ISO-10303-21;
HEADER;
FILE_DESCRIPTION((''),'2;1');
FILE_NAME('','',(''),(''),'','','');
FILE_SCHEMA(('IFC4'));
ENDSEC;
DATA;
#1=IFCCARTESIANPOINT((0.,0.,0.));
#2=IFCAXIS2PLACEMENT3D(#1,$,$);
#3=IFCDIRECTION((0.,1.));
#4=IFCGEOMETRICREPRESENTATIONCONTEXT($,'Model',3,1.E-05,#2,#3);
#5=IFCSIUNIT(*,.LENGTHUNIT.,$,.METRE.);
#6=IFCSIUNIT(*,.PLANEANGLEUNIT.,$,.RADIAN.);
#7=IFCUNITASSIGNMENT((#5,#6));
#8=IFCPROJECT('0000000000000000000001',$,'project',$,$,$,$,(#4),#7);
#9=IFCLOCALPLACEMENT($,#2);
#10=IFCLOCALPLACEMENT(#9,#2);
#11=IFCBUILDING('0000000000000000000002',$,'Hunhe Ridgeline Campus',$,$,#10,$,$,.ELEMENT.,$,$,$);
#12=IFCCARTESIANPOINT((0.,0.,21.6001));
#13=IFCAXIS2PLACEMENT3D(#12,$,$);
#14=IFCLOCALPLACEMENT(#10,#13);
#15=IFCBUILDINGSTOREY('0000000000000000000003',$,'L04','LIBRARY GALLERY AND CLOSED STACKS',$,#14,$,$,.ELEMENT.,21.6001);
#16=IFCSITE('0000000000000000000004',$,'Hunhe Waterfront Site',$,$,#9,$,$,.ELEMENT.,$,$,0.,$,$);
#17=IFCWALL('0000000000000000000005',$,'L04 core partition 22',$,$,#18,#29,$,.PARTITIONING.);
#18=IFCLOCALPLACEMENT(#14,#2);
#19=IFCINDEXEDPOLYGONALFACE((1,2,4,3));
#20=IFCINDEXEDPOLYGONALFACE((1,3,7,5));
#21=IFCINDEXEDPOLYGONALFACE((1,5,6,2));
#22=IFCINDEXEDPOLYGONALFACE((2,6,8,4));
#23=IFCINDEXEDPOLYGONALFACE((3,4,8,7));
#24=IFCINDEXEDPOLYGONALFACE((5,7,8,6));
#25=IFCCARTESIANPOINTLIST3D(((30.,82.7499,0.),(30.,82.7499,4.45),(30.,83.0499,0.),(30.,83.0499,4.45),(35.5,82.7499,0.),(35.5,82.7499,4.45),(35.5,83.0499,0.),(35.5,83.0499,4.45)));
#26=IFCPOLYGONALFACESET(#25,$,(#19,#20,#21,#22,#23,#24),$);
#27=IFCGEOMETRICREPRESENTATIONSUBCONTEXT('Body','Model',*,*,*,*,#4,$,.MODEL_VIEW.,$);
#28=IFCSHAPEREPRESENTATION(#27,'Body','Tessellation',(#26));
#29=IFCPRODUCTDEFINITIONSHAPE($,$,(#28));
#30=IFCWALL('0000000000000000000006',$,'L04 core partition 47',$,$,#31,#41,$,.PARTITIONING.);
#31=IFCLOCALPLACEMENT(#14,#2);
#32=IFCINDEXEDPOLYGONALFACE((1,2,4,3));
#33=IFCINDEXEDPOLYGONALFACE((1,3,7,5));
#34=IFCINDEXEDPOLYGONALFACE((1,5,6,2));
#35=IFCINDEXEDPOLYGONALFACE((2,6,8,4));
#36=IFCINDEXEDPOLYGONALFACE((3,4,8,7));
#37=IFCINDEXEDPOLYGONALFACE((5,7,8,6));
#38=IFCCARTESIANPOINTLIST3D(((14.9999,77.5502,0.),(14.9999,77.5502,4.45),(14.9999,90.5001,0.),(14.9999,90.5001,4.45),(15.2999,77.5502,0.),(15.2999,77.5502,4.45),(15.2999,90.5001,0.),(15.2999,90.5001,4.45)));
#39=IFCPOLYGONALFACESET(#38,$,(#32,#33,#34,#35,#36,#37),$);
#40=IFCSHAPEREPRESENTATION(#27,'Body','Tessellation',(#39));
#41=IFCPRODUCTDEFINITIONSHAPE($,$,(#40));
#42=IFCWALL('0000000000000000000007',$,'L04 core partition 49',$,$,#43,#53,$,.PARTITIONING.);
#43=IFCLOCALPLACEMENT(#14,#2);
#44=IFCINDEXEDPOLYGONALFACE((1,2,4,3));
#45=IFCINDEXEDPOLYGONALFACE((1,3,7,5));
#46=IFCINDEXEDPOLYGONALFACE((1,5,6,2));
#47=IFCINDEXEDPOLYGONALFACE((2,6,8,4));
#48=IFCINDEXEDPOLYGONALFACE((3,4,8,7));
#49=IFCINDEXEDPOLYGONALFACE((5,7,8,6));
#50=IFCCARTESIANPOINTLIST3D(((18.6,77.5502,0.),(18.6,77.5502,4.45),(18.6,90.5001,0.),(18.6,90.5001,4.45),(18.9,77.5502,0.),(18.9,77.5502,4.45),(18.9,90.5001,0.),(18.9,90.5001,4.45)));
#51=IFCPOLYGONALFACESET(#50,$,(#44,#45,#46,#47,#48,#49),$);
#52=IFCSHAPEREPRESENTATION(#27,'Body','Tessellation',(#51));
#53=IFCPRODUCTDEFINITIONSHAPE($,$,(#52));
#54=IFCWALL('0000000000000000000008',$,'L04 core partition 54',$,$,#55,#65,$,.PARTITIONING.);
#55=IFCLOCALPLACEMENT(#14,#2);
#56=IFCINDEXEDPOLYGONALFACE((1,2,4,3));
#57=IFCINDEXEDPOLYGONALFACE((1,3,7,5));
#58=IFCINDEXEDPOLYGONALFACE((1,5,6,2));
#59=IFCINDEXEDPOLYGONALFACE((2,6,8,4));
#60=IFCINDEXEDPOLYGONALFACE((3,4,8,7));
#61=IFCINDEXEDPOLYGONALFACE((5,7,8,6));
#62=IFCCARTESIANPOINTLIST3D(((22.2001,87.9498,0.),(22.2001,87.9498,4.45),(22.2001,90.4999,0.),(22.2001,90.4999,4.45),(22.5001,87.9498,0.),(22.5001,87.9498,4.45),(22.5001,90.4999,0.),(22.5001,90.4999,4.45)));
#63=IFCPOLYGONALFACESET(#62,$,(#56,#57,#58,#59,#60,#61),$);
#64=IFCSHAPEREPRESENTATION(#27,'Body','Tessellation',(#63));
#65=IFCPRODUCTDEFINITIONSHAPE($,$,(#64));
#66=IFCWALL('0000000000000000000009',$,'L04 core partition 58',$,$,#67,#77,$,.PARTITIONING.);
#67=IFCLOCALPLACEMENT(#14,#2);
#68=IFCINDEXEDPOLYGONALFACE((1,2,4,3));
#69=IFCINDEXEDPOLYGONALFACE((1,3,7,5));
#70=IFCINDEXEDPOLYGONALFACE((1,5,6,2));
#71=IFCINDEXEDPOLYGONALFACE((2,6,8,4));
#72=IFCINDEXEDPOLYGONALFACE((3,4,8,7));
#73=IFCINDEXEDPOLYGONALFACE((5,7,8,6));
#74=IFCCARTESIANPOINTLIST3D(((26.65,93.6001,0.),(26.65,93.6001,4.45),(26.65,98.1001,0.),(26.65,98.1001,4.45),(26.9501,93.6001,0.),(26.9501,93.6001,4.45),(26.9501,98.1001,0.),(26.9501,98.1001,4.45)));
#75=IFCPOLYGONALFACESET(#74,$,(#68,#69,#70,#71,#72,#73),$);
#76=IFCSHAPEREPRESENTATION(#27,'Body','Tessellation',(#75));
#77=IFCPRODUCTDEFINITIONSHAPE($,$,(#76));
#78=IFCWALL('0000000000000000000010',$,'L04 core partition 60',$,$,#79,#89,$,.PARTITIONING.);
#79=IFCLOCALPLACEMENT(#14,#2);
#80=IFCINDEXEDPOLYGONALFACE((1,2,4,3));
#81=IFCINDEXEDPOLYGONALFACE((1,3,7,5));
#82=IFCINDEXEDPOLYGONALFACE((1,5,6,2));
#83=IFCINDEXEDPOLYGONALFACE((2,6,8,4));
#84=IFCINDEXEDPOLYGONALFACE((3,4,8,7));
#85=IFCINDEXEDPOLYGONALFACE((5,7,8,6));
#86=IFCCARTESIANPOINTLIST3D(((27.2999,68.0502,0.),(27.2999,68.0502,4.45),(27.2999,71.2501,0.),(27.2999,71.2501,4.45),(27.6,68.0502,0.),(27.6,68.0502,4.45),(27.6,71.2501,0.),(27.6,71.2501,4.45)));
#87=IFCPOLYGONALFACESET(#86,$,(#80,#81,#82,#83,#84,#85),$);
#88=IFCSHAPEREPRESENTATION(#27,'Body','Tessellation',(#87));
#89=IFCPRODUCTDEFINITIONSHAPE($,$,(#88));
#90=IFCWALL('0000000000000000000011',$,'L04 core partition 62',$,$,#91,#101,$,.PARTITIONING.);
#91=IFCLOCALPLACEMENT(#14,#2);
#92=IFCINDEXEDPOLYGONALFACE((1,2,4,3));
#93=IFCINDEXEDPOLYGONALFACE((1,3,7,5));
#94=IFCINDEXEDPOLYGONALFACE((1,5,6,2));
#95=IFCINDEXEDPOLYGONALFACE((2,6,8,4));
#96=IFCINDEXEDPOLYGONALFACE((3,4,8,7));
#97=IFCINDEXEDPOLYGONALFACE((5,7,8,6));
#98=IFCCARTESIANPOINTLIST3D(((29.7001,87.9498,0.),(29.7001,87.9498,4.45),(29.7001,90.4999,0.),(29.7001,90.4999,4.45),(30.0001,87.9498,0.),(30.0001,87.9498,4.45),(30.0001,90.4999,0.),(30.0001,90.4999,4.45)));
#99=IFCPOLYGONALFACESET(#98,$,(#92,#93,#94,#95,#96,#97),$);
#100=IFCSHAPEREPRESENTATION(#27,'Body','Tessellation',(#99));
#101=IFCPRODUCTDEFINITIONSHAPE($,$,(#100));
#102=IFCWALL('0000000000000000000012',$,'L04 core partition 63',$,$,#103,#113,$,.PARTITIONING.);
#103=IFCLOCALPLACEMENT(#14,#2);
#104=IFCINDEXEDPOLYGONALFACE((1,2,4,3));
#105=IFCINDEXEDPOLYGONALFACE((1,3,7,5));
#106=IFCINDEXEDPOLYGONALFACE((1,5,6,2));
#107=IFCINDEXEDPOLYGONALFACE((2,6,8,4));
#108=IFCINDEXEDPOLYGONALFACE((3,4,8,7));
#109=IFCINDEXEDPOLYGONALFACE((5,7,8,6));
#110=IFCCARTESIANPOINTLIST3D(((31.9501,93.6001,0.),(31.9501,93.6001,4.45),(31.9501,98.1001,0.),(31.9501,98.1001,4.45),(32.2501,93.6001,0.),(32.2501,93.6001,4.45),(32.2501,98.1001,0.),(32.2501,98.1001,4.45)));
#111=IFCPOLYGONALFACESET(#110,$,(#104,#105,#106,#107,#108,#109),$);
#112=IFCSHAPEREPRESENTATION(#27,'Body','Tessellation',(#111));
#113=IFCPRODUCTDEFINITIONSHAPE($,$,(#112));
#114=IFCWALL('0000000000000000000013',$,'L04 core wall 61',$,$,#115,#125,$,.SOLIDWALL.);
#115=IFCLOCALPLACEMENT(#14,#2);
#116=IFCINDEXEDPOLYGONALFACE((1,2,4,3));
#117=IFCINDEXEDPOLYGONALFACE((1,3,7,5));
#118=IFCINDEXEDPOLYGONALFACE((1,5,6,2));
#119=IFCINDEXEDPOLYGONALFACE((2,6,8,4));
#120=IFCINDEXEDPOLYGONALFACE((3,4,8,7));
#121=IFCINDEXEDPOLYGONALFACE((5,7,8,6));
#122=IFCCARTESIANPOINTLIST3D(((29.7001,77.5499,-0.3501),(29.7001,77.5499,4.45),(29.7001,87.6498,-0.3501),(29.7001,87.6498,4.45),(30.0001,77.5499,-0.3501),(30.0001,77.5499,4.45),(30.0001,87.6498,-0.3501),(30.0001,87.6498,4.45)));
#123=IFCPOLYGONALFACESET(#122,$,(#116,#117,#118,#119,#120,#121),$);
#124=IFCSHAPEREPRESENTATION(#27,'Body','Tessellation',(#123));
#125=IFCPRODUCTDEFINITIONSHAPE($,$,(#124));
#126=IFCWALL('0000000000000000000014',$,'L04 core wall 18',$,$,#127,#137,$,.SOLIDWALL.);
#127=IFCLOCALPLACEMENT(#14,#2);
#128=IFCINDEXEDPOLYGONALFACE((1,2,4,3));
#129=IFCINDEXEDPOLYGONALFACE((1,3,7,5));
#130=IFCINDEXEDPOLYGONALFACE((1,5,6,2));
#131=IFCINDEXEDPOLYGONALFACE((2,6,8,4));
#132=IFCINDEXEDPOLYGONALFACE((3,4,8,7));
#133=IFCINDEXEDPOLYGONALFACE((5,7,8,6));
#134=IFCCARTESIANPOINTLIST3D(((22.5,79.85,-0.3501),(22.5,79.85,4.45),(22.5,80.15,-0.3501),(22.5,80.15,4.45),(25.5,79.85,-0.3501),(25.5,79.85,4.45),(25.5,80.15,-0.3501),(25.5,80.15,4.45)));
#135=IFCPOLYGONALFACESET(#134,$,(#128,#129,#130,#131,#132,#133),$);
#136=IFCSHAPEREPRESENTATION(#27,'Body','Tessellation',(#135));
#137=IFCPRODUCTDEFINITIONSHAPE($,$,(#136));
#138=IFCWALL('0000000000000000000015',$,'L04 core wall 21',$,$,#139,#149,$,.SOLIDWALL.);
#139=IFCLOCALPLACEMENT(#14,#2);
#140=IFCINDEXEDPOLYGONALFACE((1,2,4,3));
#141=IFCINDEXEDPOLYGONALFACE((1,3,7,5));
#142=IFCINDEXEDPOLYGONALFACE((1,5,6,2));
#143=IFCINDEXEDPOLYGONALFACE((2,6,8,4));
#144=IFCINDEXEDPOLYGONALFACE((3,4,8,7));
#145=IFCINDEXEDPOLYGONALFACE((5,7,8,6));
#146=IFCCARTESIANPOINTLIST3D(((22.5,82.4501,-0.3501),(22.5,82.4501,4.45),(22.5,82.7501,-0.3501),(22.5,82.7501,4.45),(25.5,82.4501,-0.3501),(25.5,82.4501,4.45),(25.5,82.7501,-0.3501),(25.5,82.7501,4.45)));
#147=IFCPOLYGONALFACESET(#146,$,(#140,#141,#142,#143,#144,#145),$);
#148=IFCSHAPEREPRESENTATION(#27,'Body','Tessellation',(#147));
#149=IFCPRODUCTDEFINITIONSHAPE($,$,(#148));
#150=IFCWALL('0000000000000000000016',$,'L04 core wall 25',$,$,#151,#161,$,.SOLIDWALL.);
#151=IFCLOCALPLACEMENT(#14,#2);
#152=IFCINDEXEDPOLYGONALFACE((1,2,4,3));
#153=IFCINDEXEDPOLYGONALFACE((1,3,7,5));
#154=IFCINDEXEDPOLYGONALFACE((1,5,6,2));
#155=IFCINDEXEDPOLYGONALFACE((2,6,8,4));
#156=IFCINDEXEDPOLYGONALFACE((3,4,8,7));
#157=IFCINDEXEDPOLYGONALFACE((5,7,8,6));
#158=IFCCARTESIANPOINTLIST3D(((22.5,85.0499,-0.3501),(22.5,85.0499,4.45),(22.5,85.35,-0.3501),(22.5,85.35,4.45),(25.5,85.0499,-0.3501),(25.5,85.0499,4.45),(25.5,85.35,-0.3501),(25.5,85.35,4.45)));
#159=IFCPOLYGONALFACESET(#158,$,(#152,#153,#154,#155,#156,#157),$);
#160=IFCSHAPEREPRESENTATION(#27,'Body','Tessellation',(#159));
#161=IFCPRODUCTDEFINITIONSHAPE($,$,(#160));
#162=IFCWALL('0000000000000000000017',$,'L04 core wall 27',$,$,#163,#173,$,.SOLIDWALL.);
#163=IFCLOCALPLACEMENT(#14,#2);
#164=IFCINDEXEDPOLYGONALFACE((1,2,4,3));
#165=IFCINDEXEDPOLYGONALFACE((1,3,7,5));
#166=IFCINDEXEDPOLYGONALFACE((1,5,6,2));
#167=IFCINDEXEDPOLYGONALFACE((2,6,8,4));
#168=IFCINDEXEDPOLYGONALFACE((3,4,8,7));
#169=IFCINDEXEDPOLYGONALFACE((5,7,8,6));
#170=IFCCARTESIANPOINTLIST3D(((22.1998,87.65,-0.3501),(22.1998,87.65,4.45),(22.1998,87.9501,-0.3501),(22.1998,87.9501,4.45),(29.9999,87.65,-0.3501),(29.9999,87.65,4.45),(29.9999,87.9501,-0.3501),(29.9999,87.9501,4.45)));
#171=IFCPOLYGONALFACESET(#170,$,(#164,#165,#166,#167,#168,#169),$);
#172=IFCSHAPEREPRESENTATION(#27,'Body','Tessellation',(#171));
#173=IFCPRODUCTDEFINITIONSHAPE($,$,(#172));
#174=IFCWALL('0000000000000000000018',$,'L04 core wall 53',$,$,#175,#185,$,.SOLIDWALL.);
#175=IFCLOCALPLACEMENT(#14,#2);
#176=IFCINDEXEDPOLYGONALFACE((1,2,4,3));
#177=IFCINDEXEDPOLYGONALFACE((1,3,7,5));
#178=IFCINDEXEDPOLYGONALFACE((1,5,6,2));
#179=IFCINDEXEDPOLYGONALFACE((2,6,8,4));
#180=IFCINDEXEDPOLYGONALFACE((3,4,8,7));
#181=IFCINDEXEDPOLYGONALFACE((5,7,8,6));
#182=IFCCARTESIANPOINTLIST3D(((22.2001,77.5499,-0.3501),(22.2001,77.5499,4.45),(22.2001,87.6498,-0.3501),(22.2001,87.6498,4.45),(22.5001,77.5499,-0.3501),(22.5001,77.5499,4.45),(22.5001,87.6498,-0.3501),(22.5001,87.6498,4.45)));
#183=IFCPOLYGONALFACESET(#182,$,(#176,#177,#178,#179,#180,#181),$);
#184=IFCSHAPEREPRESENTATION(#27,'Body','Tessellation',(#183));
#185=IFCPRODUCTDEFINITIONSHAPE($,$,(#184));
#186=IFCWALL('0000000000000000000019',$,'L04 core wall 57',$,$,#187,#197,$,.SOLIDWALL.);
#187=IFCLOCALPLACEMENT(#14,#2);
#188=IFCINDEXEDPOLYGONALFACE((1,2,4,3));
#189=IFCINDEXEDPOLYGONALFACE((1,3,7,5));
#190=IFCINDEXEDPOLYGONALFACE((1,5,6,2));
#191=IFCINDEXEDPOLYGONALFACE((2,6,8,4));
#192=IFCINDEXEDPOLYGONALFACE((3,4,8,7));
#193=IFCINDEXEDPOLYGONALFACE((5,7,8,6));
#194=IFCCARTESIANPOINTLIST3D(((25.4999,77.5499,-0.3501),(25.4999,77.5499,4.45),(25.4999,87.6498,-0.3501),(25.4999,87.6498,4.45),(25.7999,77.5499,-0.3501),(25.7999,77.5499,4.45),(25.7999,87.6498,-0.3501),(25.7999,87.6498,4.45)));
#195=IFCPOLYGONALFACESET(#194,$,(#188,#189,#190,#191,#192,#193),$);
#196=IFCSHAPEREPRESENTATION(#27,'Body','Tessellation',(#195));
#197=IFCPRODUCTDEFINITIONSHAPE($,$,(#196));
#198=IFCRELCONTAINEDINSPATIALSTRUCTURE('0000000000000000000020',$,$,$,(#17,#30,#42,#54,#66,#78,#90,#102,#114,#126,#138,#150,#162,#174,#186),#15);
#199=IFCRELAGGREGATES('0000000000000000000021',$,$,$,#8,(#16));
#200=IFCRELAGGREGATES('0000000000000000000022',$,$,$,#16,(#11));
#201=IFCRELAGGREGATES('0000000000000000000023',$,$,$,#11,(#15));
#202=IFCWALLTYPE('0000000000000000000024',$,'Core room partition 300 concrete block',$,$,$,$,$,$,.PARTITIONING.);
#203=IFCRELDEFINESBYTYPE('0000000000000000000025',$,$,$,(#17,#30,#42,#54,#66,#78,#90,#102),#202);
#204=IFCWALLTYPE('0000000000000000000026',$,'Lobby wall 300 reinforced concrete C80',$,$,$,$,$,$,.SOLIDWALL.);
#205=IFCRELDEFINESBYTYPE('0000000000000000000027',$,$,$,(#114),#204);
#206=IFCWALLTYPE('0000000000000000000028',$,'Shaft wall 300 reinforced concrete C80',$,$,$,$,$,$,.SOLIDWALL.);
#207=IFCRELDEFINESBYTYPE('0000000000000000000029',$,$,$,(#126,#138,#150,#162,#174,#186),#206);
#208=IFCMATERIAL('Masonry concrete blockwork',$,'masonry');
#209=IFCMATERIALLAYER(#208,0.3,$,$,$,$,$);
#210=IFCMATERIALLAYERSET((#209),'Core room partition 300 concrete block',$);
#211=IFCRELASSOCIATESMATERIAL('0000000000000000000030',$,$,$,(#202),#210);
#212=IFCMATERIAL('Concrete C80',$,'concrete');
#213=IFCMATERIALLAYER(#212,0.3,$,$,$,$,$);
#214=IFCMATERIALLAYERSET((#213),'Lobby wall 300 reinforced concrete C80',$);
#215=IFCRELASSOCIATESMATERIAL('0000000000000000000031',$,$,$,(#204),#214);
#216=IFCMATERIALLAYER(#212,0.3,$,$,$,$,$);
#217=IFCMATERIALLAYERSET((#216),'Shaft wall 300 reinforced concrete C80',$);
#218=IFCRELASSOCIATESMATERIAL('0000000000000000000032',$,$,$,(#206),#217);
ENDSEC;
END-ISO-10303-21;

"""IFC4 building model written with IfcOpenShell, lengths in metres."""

from ifc_helpers import new_model, si_unit, direction, frame, frame_2d, origin, place, context, subcontext, project, spatial, rectangle, extrude, material, layer, layer_set, type_object, element, save


model = new_model("IFC4")

# Units and contexts
model_context = context("Model", 3, precision=1e-05, world=origin(), true_north=direction((0.0, 1.0)))
body_context = subcontext(model_context, "Body", "Model", "MODEL_VIEW")
ifc_project = project(units=[si_unit("LENGTHUNIT", "METRE"), si_unit("PLANEANGLEUNIT", "RADIAN")], contexts=[model_context])

# Site, building, storey
site_placement = place(None, origin())
site = spatial("IfcSite", under=ifc_project, at=site_placement, Name="Hunhe Waterfront Site", CompositionType="ELEMENT", RefElevation=0.0)
building_placement = place(site_placement, origin())
building = spatial("IfcBuilding", under=site, at=building_placement, Name="Hunhe Ridgeline Campus", CompositionType="ELEMENT")
storey_placement = place(building_placement, frame((0.0, 0.0, 21.6001)))
storey = spatial("IfcBuildingStorey", under=building, at=storey_placement, Name="L04", Description="LIBRARY GALLERY AND CLOSED STACKS", CompositionType="ELEMENT", Elevation=21.6001)

# Shared definitions
ifc_material_1 = material(Name="Masonry concrete blockwork", Category="masonry")
ifc_layer_1 = layer(ifc_material_1, 0.3)
ifc_layer_set_1 = layer_set([ifc_layer_1], Name="Core room partition 300 concrete block")
wall_type_1 = type_object("IfcWallType", Name="Core room partition 300 concrete block", PredefinedType="PARTITIONING", material=ifc_layer_set_1)

# Walls
wall_1_placement = place(storey_placement, frame((30.0, 82.8999, 0.0), z_axis=(0.0, 0.0, 1.0), x_axis=(1.0, 0.0, 0.0)))
element("IfcWall", 1, at=wall_1_placement, inside=storey, type_object=wall_type_1, Name="L04 core partition 22", PredefinedType="PARTITIONING", context=body_context, shape_type="SweptSolid", body=[
    extrude(rectangle(XDim=5.5, YDim=0.3, at=frame_2d((2.75, 0.0))), origin(), (0.0, 0.0, 1.0), 4.45),
])
for number, where, z_axis, x_axis, name in (
    (2, (15.1499, 77.55, 0.0), (0.0, 0.0, 1.0), (0.0, 1.0, 0.0), "L04 core partition 47"),
    (3, (18.75, 77.55, 0.0), (0.0, 0.0, 1.0), (0.0, 1.0, 0.0), "L04 core partition 49"),
):
    element("IfcWall", number, at=place(storey_placement, frame(where, z_axis=z_axis, x_axis=x_axis)), inside=storey, type_object=wall_type_1, Name=name, PredefinedType="PARTITIONING", context=body_context, shape_type="SweptSolid", body=[
        extrude(rectangle(XDim=12.95, YDim=0.3, at=frame_2d((6.4751, 0.0))), origin(), (0.0, 0.0, 1.0), 4.45),
    ])
wall_2_placement = place(storey_placement, frame((22.3501, 87.95, 0.0), z_axis=(0.0, 0.0, 1.0), x_axis=(0.0, 1.0, 0.0)))
element("IfcWall", 4, at=wall_2_placement, inside=storey, type_object=wall_type_1, Name="L04 core partition 54", PredefinedType="PARTITIONING", context=body_context, shape_type="SweptSolid", body=[
    extrude(rectangle(XDim=2.55, YDim=0.3, at=frame_2d((1.2749, 0.0))), origin(), (0.0, 0.0, 1.0), 4.45),
])
wall_3_placement = place(storey_placement, frame((26.8, 93.6001, 0.0), z_axis=(0.0, 0.0, 1.0), x_axis=(0.0, 1.0, 0.0)))
element("IfcWall", 5, at=wall_3_placement, inside=storey, type_object=wall_type_1, Name="L04 core partition 58", PredefinedType="PARTITIONING", context=body_context, shape_type="SweptSolid", body=[
    extrude(rectangle(XDim=4.5, YDim=0.3, at=frame_2d((2.25, 0.0))), origin(), (0.0, 0.0, 1.0), 4.45),
])
wall_4_placement = place(storey_placement, frame((27.45, 68.05, 0.0), z_axis=(0.0, 0.0, 1.0), x_axis=(0.0, 1.0, 0.0)))
element("IfcWall", 6, at=wall_4_placement, inside=storey, type_object=wall_type_1, Name="L04 core partition 60", PredefinedType="PARTITIONING", context=body_context, shape_type="SweptSolid", body=[
    extrude(rectangle(XDim=3.2, YDim=0.3, at=frame_2d((1.6001, 0.0))), origin(), (0.0, 0.0, 1.0), 4.45),
])
wall_5_placement = place(storey_placement, frame((29.8501, 87.95, 0.0), z_axis=(0.0, 0.0, 1.0), x_axis=(0.0, 1.0, 0.0)))
element("IfcWall", 7, at=wall_5_placement, inside=storey, type_object=wall_type_1, Name="L04 core partition 62", PredefinedType="PARTITIONING", context=body_context, shape_type="SweptSolid", body=[
    extrude(rectangle(XDim=2.55, YDim=0.3, at=frame_2d((1.2749, 0.0))), origin(), (0.0, 0.0, 1.0), 4.45),
])
wall_6_placement = place(storey_placement, frame((32.1001, 93.6001, 0.0), z_axis=(0.0, 0.0, 1.0), x_axis=(0.0, 1.0, 0.0)))
element("IfcWall", 8, at=wall_6_placement, inside=storey, type_object=wall_type_1, Name="L04 core partition 63", PredefinedType="PARTITIONING", context=body_context, shape_type="SweptSolid", body=[
    extrude(rectangle(XDim=4.5, YDim=0.3, at=frame_2d((2.25, 0.0))), origin(), (0.0, 0.0, 1.0), 4.45),
])
ifc_material_2 = material(Name="Concrete C80", Category="concrete")
ifc_layer_2 = layer(ifc_material_2, 0.3)
ifc_layer_set_2 = layer_set([ifc_layer_2], Name="Lobby wall 300 reinforced concrete C80")
wall_type_2 = type_object("IfcWallType", Name="Lobby wall 300 reinforced concrete C80", PredefinedType="SOLIDWALL", material=ifc_layer_set_2)
wall_7_placement = place(storey_placement, frame((29.8501, 77.55, -0.3501), z_axis=(0.0, 0.0, 1.0), x_axis=(0.0, 1.0, 0.0)))
element("IfcWall", 9, at=wall_7_placement, inside=storey, type_object=wall_type_2, Name="L04 core wall 61", PredefinedType="SOLIDWALL", context=body_context, shape_type="SweptSolid", body=[
    extrude(rectangle(XDim=10.0999, YDim=0.3, at=frame_2d((5.0498, 0.0))), origin(), (0.0, 0.0, 1.0), 4.8),
])
ifc_layer_3 = layer(ifc_material_2, 0.3)
ifc_layer_set_3 = layer_set([ifc_layer_3], Name="Shaft wall 300 reinforced concrete C80")
wall_type_3 = type_object("IfcWallType", Name="Shaft wall 300 reinforced concrete C80", PredefinedType="SOLIDWALL", material=ifc_layer_set_3)
for number, where, z_axis, x_axis, name in (
    (10, (22.5, 80.0, -0.3501), (0.0, 0.0, 1.0), (1.0, 0.0, 0.0), "L04 core wall 18"),
    (11, (22.5, 82.6001, -0.3501), (0.0, 0.0, 1.0), (1.0, 0.0, 0.0), "L04 core wall 21"),
    (12, (22.5, 85.2, -0.3501), (0.0, 0.0, 1.0), (1.0, 0.0, 0.0), "L04 core wall 25"),
):
    element("IfcWall", number, at=place(storey_placement, frame(where, z_axis=z_axis, x_axis=x_axis)), inside=storey, type_object=wall_type_3, Name=name, PredefinedType="SOLIDWALL", context=body_context, shape_type="SweptSolid", body=[
        extrude(rectangle(XDim=3.0, YDim=0.3, at=frame_2d((1.5, 0.0))), origin(), (0.0, 0.0, 1.0), 4.8),
    ])
wall_8_placement = place(storey_placement, frame((22.2, 87.8, -0.3501), z_axis=(0.0, 0.0, 1.0), x_axis=(1.0, 0.0, 0.0)))
element("IfcWall", 13, at=wall_8_placement, inside=storey, type_object=wall_type_3, Name="L04 core wall 27", PredefinedType="SOLIDWALL", context=body_context, shape_type="SweptSolid", body=[
    extrude(rectangle(XDim=7.8, YDim=0.3, at=frame_2d((3.8999, 0.0))), origin(), (0.0, 0.0, 1.0), 4.8),
])
for number, where, z_axis, x_axis, name in (
    (14, (22.3501, 77.55, -0.3501), (0.0, 0.0, 1.0), (0.0, 1.0, 0.0), "L04 core wall 53"),
    (15, (25.6499, 77.55, -0.3501), (0.0, 0.0, 1.0), (0.0, 1.0, 0.0), "L04 core wall 57"),
):
    element("IfcWall", number, at=place(storey_placement, frame(where, z_axis=z_axis, x_axis=x_axis)), inside=storey, type_object=wall_type_3, Name=name, PredefinedType="SOLIDWALL", context=body_context, shape_type="SweptSolid", body=[
        extrude(rectangle(XDim=10.0999, YDim=0.3, at=frame_2d((5.0498, 0.0))), origin(), (0.0, 0.0, 1.0), 4.8),
    ])

save(model, "model.ifc")
